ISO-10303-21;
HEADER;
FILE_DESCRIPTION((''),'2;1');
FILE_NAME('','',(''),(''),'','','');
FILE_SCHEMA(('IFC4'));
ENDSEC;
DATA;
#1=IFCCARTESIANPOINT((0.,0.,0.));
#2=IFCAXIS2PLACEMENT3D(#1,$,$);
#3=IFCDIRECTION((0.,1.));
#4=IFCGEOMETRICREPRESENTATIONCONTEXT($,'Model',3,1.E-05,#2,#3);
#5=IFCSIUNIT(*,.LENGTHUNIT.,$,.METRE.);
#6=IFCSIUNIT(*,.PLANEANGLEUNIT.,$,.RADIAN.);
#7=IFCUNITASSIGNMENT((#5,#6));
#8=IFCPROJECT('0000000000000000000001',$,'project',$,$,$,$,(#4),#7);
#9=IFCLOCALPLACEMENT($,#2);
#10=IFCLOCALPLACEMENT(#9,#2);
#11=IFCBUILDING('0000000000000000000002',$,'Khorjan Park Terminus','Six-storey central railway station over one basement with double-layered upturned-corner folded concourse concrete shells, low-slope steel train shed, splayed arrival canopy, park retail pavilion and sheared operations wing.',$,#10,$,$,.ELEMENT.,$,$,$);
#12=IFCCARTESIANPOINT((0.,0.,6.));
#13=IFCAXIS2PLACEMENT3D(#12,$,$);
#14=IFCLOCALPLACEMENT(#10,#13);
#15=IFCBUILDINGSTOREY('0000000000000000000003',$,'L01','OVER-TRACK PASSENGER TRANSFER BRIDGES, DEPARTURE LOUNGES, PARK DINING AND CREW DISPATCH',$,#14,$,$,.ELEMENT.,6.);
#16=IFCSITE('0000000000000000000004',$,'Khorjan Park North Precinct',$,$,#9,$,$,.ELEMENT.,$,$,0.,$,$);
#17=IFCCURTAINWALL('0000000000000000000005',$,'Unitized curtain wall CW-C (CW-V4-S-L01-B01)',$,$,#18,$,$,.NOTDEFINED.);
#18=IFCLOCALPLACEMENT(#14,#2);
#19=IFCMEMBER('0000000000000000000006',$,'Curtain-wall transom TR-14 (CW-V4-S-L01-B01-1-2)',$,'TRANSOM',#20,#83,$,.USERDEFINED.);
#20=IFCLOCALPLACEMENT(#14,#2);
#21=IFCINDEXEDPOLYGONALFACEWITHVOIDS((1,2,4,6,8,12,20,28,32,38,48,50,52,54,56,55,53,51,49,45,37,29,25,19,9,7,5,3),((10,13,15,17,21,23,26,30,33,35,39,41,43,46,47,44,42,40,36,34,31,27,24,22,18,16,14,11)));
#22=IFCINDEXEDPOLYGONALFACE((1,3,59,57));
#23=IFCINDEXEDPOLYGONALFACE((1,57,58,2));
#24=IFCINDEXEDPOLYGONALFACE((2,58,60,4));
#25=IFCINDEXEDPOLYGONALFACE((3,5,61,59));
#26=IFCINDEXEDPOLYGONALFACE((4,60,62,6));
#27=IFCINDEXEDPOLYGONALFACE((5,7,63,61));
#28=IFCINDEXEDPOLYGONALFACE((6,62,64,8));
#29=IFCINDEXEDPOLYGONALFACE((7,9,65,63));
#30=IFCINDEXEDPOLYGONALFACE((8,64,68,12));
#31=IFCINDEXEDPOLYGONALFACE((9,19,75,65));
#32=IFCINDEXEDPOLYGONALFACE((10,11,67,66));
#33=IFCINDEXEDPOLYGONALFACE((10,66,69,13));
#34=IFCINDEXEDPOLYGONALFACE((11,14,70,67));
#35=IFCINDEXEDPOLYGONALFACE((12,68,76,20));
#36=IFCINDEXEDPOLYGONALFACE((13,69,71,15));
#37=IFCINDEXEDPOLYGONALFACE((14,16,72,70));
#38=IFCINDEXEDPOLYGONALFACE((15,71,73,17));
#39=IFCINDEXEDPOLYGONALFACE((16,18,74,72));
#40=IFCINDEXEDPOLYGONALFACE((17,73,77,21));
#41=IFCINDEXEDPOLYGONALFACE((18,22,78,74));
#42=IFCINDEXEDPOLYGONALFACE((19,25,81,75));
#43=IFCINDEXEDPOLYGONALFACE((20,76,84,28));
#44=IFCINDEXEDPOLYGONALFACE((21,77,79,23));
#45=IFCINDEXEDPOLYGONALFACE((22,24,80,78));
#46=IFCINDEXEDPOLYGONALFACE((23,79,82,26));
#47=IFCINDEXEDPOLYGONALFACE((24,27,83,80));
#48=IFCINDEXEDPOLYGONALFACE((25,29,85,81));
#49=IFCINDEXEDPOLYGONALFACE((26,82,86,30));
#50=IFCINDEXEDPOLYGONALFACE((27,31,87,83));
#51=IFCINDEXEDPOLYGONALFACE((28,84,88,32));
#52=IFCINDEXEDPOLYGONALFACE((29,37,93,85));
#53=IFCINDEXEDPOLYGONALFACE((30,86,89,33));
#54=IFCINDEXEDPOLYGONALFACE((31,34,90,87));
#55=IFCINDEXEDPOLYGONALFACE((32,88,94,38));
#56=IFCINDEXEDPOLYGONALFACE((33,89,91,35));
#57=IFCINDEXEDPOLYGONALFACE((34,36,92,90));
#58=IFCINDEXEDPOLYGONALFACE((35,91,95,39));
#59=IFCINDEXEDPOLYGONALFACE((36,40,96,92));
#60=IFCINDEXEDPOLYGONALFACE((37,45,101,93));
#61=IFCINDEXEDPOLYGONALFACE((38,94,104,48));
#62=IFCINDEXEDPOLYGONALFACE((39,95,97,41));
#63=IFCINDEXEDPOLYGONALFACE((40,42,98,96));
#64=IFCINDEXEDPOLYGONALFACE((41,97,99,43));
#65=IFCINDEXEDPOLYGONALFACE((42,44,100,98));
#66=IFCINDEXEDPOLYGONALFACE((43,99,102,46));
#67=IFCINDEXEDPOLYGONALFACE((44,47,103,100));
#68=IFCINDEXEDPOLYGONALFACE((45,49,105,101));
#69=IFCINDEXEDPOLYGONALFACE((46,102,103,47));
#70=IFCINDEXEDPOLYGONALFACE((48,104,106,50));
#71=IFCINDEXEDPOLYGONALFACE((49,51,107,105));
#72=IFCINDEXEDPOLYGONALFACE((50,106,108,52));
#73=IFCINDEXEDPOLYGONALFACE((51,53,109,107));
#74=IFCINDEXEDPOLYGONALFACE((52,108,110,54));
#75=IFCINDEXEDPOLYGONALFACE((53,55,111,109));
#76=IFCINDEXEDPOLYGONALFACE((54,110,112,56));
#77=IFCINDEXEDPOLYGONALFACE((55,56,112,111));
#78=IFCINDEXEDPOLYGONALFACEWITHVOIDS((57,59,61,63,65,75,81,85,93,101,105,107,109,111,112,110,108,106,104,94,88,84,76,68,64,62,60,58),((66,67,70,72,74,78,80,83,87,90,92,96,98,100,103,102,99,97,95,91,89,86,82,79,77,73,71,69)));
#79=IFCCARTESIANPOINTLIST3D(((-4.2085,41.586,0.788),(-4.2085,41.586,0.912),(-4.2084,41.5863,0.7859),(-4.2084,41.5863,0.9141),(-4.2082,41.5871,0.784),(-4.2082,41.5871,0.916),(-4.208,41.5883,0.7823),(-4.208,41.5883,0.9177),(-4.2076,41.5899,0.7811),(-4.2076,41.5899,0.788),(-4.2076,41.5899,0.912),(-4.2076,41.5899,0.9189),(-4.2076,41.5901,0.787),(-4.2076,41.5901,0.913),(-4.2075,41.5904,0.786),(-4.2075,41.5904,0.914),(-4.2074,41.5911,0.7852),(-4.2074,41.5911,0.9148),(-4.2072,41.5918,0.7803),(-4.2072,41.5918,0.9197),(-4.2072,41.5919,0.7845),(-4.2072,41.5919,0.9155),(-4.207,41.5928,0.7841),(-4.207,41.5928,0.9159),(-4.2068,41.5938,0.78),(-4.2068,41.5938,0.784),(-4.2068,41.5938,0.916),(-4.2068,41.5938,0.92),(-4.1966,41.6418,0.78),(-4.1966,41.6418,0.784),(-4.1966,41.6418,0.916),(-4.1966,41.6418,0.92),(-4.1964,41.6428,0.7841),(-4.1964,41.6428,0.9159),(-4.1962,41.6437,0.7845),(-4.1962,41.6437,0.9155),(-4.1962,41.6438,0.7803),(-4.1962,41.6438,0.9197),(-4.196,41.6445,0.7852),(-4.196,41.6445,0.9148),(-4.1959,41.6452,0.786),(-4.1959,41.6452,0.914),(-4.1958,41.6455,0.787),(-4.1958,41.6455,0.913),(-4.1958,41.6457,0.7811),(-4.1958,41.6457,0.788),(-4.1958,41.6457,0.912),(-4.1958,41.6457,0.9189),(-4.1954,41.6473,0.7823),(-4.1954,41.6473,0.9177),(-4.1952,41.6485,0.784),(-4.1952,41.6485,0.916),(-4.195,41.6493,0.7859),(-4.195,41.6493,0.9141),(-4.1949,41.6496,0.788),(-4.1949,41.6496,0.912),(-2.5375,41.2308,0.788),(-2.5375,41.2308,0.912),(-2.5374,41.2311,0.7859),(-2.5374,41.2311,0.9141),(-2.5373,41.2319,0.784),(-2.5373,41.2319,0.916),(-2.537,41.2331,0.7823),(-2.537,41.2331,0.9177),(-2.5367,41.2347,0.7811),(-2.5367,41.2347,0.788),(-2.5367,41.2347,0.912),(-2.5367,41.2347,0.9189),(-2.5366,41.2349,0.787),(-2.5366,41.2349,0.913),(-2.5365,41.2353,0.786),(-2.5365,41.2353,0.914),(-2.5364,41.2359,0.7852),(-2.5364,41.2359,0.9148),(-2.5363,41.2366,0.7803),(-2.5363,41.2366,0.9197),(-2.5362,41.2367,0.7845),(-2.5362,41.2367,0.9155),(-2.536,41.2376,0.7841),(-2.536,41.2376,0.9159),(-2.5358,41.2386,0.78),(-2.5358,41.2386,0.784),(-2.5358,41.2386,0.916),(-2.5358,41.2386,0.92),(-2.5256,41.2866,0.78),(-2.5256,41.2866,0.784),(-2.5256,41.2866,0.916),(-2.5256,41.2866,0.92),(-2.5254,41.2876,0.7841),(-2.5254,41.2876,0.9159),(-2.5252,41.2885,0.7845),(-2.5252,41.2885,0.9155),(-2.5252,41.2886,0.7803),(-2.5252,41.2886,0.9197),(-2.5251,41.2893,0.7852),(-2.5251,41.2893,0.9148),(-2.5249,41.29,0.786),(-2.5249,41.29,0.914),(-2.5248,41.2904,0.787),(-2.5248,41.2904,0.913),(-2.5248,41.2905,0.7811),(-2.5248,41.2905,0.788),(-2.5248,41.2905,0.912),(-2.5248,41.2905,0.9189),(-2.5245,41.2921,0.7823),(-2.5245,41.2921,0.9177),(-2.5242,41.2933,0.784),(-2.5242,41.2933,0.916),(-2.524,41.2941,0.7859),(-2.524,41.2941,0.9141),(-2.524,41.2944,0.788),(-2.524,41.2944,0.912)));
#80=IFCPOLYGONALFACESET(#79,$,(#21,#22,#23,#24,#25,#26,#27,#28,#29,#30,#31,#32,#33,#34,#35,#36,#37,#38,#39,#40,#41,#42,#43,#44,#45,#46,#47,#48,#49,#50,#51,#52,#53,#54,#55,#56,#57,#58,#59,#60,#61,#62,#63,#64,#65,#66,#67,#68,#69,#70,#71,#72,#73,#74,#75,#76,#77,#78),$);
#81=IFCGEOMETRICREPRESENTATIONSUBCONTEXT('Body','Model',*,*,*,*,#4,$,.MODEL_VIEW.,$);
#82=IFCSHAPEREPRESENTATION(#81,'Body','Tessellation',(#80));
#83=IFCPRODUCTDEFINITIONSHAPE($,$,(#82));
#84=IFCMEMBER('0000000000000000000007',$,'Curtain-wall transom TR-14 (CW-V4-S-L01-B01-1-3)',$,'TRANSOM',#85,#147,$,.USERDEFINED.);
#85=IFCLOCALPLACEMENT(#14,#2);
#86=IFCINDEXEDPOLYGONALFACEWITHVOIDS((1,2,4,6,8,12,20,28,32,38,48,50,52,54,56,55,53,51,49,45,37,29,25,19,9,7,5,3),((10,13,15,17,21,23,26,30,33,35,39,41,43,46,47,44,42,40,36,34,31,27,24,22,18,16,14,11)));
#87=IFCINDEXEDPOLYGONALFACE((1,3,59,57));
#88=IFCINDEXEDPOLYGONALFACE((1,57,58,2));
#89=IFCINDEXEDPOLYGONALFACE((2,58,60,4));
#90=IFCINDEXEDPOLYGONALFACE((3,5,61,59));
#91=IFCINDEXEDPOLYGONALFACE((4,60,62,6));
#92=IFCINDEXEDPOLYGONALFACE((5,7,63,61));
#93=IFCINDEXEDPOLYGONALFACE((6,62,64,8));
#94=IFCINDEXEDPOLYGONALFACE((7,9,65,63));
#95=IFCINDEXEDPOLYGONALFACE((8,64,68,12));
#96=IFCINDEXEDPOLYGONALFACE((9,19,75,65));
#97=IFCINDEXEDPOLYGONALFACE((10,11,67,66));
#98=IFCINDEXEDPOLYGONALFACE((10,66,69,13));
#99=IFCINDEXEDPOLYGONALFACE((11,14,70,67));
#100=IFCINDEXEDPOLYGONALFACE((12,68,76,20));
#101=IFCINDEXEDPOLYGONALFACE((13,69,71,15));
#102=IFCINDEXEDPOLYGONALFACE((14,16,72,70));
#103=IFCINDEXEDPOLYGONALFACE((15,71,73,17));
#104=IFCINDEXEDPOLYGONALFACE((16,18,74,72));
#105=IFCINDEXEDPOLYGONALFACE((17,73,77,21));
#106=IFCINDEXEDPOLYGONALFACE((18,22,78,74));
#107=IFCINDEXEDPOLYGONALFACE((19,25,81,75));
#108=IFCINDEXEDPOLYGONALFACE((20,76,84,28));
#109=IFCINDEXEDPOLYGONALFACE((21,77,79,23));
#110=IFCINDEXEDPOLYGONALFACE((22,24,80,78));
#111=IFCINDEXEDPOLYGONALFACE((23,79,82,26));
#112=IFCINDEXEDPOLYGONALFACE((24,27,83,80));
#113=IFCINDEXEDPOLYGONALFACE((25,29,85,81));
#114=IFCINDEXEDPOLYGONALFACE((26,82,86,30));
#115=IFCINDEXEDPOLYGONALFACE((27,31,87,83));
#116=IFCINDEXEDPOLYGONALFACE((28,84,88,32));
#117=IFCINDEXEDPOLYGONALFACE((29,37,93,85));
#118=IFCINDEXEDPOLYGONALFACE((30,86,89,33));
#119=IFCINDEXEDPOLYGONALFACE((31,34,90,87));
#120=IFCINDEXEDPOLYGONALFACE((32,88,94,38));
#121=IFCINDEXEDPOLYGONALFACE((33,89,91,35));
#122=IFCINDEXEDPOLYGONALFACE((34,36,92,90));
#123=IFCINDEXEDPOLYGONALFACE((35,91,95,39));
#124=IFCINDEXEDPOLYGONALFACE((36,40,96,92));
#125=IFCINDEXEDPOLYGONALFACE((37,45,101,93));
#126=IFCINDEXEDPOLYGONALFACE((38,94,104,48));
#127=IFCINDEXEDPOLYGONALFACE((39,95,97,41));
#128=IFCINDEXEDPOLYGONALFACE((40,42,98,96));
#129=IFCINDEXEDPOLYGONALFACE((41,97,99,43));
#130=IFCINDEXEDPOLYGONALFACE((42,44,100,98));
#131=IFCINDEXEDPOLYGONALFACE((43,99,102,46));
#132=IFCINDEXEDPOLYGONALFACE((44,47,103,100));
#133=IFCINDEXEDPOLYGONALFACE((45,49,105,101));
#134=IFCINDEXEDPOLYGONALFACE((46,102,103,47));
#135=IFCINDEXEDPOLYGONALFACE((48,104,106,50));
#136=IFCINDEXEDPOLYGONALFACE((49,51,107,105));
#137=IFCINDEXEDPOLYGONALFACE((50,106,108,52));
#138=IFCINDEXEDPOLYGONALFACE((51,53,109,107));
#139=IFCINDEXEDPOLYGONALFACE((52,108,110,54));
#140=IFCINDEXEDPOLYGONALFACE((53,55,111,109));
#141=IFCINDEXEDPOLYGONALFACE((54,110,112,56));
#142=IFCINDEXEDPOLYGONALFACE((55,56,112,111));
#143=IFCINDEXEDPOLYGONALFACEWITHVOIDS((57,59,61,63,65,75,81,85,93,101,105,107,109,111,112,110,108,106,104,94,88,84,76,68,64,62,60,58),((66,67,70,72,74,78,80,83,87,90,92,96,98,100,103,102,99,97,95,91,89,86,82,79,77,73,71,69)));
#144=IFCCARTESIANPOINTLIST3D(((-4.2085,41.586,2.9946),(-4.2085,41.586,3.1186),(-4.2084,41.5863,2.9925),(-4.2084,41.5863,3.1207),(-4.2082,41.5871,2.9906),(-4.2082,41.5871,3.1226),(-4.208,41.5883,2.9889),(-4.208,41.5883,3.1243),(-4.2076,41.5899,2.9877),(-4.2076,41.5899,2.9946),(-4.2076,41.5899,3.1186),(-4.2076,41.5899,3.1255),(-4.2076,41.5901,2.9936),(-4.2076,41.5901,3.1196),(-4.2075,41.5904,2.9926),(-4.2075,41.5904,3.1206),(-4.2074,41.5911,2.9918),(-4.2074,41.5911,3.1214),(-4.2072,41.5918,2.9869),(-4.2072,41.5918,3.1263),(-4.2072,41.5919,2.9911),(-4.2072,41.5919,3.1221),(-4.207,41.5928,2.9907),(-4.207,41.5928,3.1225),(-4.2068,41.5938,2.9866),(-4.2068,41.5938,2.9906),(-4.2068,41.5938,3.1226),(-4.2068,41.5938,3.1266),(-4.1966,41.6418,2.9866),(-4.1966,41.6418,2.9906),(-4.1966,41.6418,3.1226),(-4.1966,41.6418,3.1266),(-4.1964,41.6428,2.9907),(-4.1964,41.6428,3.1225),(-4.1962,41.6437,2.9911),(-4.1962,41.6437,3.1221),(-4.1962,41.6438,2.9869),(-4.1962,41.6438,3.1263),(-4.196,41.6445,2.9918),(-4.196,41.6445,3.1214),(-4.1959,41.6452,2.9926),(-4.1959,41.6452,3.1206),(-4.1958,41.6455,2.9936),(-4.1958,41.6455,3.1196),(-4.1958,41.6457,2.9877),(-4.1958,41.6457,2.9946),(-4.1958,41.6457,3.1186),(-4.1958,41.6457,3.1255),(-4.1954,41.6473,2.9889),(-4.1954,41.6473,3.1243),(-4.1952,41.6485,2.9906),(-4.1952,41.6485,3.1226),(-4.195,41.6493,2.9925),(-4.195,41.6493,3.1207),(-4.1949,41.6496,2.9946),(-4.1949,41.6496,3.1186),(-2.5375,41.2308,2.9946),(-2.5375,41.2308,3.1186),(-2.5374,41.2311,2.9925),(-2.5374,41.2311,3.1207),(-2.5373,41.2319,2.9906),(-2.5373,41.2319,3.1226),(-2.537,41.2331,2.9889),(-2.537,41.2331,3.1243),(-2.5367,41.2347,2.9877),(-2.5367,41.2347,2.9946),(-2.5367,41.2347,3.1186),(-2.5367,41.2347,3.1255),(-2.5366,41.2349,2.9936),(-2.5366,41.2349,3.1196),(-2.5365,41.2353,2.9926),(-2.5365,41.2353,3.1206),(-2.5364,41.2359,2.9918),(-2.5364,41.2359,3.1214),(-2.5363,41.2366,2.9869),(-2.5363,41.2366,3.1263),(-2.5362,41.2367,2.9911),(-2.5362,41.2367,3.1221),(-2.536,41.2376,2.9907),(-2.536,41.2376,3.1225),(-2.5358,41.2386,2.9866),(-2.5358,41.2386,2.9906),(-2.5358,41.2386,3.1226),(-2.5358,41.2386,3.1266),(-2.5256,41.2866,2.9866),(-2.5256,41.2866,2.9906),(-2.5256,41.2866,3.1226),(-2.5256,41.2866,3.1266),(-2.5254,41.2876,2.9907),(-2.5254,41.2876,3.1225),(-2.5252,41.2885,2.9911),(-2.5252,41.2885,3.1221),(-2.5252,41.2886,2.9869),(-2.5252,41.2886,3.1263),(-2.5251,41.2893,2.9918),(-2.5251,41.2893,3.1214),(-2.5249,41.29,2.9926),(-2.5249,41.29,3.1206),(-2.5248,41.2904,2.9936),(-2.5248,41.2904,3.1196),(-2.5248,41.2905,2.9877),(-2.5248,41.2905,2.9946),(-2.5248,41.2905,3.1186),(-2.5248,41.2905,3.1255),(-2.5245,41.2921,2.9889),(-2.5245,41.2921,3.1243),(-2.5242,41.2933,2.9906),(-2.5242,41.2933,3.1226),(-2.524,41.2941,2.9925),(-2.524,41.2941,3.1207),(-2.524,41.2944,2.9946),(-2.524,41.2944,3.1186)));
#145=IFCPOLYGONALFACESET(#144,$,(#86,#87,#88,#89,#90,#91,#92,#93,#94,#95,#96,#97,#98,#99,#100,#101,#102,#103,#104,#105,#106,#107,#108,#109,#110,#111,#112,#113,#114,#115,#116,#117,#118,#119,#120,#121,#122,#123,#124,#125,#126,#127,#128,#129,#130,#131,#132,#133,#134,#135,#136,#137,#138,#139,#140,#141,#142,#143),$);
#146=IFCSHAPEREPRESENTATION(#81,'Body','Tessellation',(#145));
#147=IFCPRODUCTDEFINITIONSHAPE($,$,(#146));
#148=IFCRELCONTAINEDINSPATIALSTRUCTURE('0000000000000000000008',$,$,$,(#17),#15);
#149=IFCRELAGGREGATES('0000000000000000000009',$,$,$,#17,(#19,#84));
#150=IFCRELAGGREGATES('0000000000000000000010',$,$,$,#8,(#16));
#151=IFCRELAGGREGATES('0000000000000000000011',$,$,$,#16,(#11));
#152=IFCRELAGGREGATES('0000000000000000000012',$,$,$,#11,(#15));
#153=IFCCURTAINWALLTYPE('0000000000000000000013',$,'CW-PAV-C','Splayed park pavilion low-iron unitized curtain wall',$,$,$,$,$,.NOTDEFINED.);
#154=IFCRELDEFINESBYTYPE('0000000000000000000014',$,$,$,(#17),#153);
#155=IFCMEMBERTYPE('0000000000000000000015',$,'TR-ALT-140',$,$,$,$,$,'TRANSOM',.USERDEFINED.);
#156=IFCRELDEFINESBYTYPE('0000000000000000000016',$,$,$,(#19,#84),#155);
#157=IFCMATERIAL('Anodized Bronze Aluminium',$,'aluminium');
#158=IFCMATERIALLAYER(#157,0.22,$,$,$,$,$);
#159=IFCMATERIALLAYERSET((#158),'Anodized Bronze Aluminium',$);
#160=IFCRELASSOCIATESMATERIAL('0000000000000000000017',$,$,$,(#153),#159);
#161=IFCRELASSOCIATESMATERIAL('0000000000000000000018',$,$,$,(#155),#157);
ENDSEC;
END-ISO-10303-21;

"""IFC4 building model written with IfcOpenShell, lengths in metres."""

from ifc_helpers import new_model, si_unit, direction, frame, origin, origin_2d, place, context, subcontext, project, spatial, hollow_rectangle, extrude, material, layer, layer_set, material_profile, profile_set, type_object, element, aggregate, save


model = new_model("IFC4")

# Units and contexts
model_context = context("Model", 3, precision=1e-05, world=origin(), true_north=direction((0.0, 1.0)))
body_context = subcontext(model_context, "Body", "Model", "MODEL_VIEW")
ifc_project = project(units=[si_unit("LENGTHUNIT", "METRE"), si_unit("PLANEANGLEUNIT", "RADIAN")], contexts=[model_context])

# Site, building, storey
site_placement = place(None, origin())
site = spatial("IfcSite", under=ifc_project, at=site_placement, Name="Khorjan Park North Precinct", CompositionType="ELEMENT", RefElevation=0.0)
building_placement = place(site_placement, origin())
building = spatial("IfcBuilding", under=site, at=building_placement, Name="Khorjan Park Terminus", Description="Six-storey central railway station over one basement with double-layered upturned-corner folded concourse concrete shells, low-slope steel train shed, splayed arrival canopy, park retail pavilion and sheared operations wing.", CompositionType="ELEMENT")
storey_placement = place(building_placement, frame((0.0, 0.0, 6.0)))
storey = spatial("IfcBuildingStorey", under=building, at=storey_placement, Name="L01", Description="OVER-TRACK PASSENGER TRANSFER BRIDGES, DEPARTURE LOUNGES, PARK DINING AND CREW DISPATCH", CompositionType="ELEMENT", Elevation=6.0)

# Curtain wall
ifc_material_1 = material(Name="Anodized Bronze Aluminium", Category="aluminium")
ifc_layer_1 = layer(ifc_material_1, 0.22)
ifc_layer_set_1 = layer_set([ifc_layer_1], Name="Anodized Bronze Aluminium")
curtain_wall_type = type_object("IfcCurtainWallType", Name="CW-PAV-C", Description="Splayed park pavilion low-iron unitized curtain wall", PredefinedType="NOTDEFINED", material=ifc_layer_set_1)
curtain_wall_1_placement = place(storey_placement, origin())
curtain_wall_1 = element("IfcCurtainWall", 1, at=curtain_wall_1_placement, inside=storey, type_object=curtain_wall_type, Name="Unitized curtain wall CW-C (CW-V4-S-L01-B01)", PredefinedType="NOTDEFINED")

# Members
ifc_material_profile_1 = material_profile(ifc_material_1, hollow_rectangle(XDim=0.065, YDim=0.14, WallThickness=0.004, InnerFilletRadius=0.004, OuterFilletRadius=0.008, at=origin_2d()), Name="ALT 65x140x4")
ifc_profile_set_1 = profile_set([ifc_material_profile_1], Name="Anodized Bronze Aluminium")
member_type_1 = type_object("IfcMemberType", Name="TR-ALT-140", ElementType="TRANSOM", PredefinedType="USERDEFINED", material=ifc_profile_set_1)
member_1_placement = place(storey_placement, frame((-4.2017, 41.6178, 0.85), z_axis=(0.978145, -0.207922, 0.0), x_axis=(0.207922, 0.978145, 0.0)))
member_1 = element("IfcMember", 2, at=member_1_placement, type_object=member_type_1, Name="Curtain-wall transom TR-14 (CW-V4-S-L01-B01-1-2)", ObjectType="TRANSOM", PredefinedType="USERDEFINED", context=body_context, shape_type="SweptSolid", body=[
    extrude(hollow_rectangle(XDim=0.065, YDim=0.14, WallThickness=0.004, InnerFilletRadius=0.004, OuterFilletRadius=0.008, at=origin_2d()), origin(), (0.0, 0.0, 1.0), 1.7083),
])
member_2_placement = place(storey_placement, frame((-4.2017, 41.6178, 3.0566), z_axis=(0.978145, -0.207922, 0.0), x_axis=(0.207922, 0.978145, 0.0)))
member_2 = element("IfcMember", 3, at=member_2_placement, type_object=member_type_1, Name="Curtain-wall transom TR-14 (CW-V4-S-L01-B01-1-3)", ObjectType="TRANSOM", PredefinedType="USERDEFINED", context=body_context, shape_type="SweptSolid", body=[
    extrude(hollow_rectangle(XDim=0.065, YDim=0.14, WallThickness=0.004, InnerFilletRadius=0.004, OuterFilletRadius=0.008, at=origin_2d()), origin(), (0.0, 0.0, 1.0), 1.7083),
])

aggregate(curtain_wall_1, [member_1, member_2])

save(model, "model.ifc")
